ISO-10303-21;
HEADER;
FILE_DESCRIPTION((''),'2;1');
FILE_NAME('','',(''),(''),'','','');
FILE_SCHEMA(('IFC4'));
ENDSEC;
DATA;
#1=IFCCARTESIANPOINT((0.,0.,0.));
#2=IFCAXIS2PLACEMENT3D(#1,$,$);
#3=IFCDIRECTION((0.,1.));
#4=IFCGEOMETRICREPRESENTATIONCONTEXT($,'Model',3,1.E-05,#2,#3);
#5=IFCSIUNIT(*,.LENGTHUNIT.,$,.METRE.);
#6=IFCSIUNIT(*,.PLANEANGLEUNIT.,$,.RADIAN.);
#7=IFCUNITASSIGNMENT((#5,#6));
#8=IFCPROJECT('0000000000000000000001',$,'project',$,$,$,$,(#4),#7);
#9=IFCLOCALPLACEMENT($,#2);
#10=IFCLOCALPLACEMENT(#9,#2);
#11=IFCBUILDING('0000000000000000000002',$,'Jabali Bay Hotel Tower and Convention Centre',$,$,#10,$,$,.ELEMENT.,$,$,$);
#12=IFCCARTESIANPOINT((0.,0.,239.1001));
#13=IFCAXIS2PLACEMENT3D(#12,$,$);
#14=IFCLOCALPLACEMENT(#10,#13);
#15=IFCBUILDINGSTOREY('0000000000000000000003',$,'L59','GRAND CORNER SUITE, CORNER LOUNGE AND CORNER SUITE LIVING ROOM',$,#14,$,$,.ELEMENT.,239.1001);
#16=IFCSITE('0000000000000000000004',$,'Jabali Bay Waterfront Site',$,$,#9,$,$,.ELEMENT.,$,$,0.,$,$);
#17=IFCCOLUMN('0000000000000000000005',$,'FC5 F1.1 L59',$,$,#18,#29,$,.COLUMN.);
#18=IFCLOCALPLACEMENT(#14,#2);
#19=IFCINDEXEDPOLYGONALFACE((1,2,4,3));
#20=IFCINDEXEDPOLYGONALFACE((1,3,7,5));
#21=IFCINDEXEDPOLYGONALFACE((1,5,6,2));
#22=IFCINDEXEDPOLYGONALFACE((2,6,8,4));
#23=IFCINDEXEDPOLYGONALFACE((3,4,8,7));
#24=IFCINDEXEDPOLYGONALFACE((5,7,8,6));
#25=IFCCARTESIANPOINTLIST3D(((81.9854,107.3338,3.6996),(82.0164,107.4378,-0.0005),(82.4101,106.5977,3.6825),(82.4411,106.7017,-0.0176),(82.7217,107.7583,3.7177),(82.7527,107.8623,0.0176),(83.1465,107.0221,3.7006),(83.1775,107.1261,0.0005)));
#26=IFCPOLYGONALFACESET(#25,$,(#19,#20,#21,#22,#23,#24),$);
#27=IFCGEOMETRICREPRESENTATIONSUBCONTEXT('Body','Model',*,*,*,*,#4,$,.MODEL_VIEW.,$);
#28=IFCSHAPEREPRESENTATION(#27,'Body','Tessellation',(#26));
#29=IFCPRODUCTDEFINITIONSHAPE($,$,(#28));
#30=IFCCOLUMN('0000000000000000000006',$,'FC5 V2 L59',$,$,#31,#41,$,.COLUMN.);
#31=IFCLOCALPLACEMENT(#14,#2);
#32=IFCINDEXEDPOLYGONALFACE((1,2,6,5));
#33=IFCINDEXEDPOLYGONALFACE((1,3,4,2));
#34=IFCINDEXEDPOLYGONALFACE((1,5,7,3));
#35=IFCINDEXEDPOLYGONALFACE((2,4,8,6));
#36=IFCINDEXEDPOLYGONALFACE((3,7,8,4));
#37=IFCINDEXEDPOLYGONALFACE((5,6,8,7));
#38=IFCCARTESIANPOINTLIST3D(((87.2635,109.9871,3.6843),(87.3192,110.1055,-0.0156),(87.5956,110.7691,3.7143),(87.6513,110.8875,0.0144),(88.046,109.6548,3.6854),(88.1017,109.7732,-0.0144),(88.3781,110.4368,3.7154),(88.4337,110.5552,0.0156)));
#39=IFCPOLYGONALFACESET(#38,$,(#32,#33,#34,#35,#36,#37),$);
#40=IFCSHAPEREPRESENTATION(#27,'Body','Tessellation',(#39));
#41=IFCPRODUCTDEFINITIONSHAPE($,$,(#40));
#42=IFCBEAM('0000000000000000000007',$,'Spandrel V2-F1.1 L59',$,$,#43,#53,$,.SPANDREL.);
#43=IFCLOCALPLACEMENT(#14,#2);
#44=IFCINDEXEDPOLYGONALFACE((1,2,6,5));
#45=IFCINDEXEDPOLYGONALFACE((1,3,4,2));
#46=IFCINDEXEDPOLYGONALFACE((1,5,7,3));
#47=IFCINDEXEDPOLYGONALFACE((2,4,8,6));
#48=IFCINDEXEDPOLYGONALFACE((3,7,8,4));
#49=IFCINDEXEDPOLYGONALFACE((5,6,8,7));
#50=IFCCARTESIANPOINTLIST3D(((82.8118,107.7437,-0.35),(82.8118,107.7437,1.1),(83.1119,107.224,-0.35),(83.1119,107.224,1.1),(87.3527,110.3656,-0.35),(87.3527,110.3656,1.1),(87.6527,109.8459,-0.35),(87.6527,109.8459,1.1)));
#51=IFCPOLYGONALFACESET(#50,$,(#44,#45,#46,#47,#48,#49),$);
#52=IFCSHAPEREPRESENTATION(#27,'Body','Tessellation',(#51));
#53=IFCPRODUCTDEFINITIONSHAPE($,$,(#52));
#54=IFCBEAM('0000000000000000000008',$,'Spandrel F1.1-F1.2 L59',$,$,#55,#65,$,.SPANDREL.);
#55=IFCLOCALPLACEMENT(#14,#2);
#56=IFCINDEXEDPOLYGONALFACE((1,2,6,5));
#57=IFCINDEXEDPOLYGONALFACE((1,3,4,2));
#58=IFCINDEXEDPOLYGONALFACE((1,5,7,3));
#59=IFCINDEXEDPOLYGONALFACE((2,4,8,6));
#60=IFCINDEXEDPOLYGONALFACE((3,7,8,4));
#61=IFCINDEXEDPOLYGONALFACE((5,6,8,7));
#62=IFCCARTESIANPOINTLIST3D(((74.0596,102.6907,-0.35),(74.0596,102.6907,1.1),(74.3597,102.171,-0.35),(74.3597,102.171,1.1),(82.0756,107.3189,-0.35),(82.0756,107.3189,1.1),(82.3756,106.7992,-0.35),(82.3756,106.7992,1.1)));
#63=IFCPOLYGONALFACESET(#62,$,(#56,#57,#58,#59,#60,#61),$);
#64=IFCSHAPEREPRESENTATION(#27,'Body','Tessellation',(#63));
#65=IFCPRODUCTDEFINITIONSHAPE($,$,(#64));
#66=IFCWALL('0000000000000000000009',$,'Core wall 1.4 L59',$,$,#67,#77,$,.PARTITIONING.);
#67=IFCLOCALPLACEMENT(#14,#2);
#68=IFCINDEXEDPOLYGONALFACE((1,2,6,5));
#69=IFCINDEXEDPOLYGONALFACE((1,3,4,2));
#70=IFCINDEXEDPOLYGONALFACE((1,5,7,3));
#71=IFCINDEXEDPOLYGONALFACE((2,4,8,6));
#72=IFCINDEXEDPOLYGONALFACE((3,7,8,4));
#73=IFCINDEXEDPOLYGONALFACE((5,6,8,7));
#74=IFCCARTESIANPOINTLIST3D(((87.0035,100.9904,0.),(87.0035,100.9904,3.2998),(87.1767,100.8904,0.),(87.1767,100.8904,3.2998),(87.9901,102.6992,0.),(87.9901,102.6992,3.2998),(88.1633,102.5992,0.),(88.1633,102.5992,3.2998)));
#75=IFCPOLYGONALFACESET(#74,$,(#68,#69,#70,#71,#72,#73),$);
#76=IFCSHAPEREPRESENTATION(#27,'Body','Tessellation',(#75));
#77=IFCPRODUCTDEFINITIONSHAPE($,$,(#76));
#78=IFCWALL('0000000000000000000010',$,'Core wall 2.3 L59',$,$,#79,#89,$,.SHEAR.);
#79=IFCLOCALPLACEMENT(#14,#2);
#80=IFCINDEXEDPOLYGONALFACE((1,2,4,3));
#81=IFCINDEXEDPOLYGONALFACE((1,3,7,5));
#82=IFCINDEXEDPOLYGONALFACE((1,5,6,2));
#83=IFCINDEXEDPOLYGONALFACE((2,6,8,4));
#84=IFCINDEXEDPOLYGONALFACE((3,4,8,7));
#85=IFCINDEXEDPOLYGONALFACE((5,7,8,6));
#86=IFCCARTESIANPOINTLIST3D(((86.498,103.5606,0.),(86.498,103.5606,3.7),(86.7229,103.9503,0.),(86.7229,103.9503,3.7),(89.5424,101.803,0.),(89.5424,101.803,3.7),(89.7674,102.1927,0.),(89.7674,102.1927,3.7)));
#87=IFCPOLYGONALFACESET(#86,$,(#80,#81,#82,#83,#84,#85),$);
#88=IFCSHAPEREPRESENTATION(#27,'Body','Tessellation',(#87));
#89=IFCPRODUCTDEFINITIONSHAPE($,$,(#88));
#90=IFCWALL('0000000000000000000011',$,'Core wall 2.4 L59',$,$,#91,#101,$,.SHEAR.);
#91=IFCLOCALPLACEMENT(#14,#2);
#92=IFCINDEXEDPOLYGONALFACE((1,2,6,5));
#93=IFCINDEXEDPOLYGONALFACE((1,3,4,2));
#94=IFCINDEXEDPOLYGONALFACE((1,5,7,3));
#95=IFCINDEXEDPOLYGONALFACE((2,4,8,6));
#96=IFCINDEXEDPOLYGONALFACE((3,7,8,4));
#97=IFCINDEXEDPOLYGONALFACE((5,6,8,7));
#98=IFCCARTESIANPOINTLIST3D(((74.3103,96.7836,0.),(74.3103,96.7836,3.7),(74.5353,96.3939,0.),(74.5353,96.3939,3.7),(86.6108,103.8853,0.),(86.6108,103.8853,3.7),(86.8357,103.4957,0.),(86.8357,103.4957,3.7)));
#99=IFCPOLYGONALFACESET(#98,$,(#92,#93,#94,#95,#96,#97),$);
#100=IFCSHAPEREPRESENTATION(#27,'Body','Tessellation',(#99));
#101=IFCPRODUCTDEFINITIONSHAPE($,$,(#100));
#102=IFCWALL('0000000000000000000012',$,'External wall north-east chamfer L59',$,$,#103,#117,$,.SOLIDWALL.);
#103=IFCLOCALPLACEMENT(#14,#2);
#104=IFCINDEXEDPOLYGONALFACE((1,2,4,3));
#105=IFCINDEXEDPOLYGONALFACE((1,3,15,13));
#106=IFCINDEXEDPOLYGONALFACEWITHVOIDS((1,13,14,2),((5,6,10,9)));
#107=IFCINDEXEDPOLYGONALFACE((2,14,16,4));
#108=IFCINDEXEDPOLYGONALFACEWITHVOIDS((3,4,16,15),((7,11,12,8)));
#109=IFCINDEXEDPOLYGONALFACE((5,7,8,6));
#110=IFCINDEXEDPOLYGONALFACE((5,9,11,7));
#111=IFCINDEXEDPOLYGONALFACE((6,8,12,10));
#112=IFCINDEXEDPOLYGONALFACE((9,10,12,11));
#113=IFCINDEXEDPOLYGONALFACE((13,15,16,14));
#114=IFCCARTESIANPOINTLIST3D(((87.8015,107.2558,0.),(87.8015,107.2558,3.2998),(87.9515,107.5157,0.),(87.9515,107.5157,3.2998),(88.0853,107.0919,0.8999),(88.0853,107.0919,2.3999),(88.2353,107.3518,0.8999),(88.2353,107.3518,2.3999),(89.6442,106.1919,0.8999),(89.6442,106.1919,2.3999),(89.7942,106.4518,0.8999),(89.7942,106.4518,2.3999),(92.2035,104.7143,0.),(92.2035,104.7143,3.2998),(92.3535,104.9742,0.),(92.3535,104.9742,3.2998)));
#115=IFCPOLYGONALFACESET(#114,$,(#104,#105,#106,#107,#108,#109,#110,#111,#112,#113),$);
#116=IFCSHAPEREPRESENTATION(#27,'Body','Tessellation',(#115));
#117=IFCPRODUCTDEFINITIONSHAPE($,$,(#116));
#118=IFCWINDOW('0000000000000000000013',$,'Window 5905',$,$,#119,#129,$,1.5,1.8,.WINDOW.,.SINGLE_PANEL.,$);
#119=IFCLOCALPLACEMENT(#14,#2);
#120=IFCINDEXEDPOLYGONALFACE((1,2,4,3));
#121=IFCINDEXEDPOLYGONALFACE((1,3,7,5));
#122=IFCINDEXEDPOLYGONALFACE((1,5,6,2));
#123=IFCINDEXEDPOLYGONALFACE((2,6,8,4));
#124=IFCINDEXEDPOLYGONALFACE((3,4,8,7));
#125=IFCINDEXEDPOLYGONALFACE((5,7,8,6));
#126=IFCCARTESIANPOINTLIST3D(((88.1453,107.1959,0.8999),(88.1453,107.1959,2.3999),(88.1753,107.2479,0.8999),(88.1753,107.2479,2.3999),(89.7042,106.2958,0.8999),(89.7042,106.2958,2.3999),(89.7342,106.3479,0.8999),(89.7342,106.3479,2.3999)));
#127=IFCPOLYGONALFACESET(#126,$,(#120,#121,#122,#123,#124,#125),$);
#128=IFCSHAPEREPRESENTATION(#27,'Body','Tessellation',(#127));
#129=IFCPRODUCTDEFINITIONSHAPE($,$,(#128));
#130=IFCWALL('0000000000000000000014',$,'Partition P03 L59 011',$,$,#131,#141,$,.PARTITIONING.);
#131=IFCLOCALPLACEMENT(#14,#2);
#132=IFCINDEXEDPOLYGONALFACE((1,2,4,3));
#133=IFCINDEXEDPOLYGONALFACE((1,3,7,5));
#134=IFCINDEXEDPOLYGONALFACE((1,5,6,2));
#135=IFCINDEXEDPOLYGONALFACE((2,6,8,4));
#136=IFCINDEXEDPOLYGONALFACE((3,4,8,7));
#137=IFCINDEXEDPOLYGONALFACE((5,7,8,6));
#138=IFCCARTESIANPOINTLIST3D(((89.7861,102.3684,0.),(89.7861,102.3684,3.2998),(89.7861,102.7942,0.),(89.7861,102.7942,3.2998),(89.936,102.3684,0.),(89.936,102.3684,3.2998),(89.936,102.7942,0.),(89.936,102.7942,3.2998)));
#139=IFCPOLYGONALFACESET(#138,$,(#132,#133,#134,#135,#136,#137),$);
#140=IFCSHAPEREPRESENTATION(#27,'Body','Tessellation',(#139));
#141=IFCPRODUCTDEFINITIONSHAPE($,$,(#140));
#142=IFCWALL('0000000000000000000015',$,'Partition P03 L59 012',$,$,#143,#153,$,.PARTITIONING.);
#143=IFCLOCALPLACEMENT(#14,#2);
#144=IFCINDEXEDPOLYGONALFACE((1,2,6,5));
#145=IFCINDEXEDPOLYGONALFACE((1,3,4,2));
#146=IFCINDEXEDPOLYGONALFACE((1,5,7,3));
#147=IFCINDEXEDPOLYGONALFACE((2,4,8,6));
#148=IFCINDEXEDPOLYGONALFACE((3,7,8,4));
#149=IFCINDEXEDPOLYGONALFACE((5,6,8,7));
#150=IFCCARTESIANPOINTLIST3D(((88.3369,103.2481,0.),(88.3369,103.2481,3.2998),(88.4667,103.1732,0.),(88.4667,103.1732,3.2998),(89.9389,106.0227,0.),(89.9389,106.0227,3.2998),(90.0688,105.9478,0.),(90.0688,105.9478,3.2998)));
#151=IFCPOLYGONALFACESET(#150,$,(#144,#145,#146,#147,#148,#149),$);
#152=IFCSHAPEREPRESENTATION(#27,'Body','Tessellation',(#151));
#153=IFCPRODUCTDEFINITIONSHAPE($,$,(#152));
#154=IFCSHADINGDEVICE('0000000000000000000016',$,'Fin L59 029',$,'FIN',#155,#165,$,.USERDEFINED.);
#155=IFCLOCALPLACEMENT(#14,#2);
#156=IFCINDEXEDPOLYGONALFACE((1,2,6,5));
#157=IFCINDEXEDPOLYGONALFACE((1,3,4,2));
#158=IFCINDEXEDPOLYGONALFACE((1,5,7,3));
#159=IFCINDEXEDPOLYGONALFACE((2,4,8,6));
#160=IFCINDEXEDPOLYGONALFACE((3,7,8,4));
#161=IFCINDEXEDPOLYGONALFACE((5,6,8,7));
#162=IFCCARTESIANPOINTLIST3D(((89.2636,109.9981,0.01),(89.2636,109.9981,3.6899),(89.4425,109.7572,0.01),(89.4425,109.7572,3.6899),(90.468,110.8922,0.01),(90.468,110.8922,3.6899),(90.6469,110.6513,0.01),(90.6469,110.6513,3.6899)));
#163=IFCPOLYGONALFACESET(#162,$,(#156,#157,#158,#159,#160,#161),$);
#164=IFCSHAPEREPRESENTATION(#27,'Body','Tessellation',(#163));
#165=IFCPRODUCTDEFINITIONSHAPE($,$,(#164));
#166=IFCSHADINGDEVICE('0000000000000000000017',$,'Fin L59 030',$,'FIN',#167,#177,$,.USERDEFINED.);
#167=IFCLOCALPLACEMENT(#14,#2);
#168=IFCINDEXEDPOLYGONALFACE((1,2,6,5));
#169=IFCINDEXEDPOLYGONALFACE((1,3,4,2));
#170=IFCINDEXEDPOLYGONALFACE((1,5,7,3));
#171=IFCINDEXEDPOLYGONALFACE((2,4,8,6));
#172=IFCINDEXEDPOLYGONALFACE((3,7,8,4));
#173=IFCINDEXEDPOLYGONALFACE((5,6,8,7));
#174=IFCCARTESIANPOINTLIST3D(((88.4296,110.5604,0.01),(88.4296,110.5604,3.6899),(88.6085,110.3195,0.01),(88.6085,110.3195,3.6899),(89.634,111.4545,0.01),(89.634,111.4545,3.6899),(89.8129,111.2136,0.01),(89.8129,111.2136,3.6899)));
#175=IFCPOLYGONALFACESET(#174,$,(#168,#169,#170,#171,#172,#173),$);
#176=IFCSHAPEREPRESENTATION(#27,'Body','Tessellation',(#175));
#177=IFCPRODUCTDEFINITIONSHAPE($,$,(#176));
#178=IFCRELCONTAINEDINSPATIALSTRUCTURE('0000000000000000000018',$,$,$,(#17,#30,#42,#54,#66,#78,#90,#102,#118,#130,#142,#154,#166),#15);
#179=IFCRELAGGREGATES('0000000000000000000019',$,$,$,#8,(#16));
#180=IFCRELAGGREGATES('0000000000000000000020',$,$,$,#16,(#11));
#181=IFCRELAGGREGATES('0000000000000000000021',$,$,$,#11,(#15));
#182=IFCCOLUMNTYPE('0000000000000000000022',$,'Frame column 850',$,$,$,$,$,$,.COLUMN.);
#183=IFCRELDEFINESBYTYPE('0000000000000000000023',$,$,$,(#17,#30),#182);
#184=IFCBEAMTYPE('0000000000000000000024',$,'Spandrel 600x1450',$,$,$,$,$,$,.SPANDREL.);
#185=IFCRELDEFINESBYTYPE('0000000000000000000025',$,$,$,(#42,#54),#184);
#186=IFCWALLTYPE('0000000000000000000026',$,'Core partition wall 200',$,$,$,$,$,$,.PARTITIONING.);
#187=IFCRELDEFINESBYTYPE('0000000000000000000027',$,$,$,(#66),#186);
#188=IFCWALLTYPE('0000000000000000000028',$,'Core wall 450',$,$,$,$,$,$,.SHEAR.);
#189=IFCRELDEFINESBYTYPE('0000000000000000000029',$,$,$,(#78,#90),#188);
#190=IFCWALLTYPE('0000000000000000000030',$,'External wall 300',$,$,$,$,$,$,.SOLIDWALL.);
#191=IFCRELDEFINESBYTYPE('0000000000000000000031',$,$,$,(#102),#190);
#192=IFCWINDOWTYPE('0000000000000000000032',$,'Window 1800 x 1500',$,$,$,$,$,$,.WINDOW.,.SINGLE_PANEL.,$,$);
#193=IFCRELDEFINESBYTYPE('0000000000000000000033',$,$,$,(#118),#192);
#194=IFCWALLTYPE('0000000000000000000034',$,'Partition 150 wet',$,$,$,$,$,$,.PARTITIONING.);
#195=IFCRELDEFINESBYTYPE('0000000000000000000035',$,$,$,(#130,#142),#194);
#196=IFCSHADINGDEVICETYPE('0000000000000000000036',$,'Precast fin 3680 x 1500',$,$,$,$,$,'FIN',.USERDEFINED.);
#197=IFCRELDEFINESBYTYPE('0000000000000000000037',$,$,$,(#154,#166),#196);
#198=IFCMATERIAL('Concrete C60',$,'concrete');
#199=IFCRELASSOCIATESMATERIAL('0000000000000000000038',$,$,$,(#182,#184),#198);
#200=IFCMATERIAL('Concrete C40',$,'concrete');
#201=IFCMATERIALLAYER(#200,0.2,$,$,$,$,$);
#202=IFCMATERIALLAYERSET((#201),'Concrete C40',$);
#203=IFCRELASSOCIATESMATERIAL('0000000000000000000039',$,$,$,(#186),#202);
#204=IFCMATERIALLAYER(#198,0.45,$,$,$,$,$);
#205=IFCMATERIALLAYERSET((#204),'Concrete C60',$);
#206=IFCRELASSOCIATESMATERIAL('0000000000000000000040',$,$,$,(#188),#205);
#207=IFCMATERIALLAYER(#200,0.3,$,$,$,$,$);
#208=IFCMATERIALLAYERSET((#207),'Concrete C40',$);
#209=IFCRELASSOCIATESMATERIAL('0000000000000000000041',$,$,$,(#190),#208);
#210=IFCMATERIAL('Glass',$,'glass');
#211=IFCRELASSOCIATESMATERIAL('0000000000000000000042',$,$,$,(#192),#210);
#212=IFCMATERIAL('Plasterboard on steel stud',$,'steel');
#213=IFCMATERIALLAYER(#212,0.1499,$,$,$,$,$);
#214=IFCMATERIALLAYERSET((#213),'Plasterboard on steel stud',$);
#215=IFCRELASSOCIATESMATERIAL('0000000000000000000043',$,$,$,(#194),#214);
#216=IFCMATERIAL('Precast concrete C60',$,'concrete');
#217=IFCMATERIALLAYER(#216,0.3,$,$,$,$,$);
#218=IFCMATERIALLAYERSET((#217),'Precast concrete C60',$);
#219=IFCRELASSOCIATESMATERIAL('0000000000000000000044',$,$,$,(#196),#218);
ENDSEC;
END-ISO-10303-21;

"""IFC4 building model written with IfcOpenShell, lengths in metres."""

from ifc_helpers import new_model, si_unit, direction, frame, frame_2d, origin, origin_2d, place, context, subcontext, project, spatial, rectangle, extrude, material, layer, layer_set, material_profile, profile_set, type_object, element, fill, save


model = new_model("IFC4")

# Units and contexts
model_context = context("Model", 3, precision=1e-05, world=origin(), true_north=direction((0.0, 1.0)))
body_context = subcontext(model_context, "Body", "Model", "MODEL_VIEW")
ifc_project = project(units=[si_unit("LENGTHUNIT", "METRE"), si_unit("PLANEANGLEUNIT", "RADIAN")], contexts=[model_context])

# Site, building, storey
site_placement = place(None, origin())
site = spatial("IfcSite", under=ifc_project, at=site_placement, Name="Jabali Bay Waterfront Site", CompositionType="ELEMENT", RefElevation=0.0)
building_placement = place(site_placement, origin())
building = spatial("IfcBuilding", under=site, at=building_placement, Name="Jabali Bay Hotel Tower and Convention Centre", CompositionType="ELEMENT")
storey_placement = place(building_placement, frame((0.0, 0.0, 239.1001)))
storey = spatial("IfcBuildingStorey", under=building, at=storey_placement, Name="L59", Description="GRAND CORNER SUITE, CORNER LOUNGE AND CORNER SUITE LIVING ROOM", CompositionType="ELEMENT", Elevation=239.1001)

# Columns
ifc_material_1 = material(Name="Concrete C60", Category="concrete")
ifc_material_profile_1 = material_profile(ifc_material_1, rectangle(XDim=0.8501, YDim=0.8501, at=origin_2d()), Name="Frame column 850")
ifc_profile_set_1 = profile_set([ifc_material_profile_1], Name="Concrete C60")
column_type = type_object("IfcColumnType", Name="Frame column 850", PredefinedType="COLUMN", material=ifc_profile_set_1)
column_1_placement = place(storey_placement, frame((82.5969, 107.282, 0.0), z_axis=(-0.008376, -0.028097, 0.99957), x_axis=(0.866174, 0.499288, 0.021293)))
element("IfcColumn", 1, at=column_1_placement, inside=storey, type_object=column_type, Name="FC5 F1.1 L59", PredefinedType="COLUMN", context=body_context, shape_type="SweptSolid", body=[
    extrude(rectangle(XDim=0.8501, YDim=0.8501, at=origin_2d()), origin(), (0.0, 0.0, 1.0), 3.7017),
])
column_2_placement = place(storey_placement, frame((87.8765, 110.3303, 0.0), z_axis=(-0.015035, -0.031983, 0.999375), x_axis=(0.920442, -0.390878, 0.001339)))
element("IfcColumn", 2, at=column_2_placement, inside=storey, type_object=column_type, Name="FC5 V2 L59", PredefinedType="COLUMN", context=body_context, shape_type="SweptSolid", body=[
    extrude(rectangle(XDim=0.8501, YDim=0.8501, at=origin_2d()), origin(), (0.0, 0.0, 1.0), 3.7021),
])

# Beams
ifc_material_profile_2 = material_profile(ifc_material_1, rectangle(XDim=0.6001, YDim=1.45, at=origin_2d()), Name="Spandrel 600x1450")
ifc_profile_set_2 = profile_set([ifc_material_profile_2], Name="Concrete C60")
beam_type = type_object("IfcBeamType", Name="Spandrel 600x1450", PredefinedType="SPANDREL", material=ifc_profile_set_2)
beam_1_placement = place(storey_placement, frame((87.5027, 110.1057, 0.375), z_axis=(-0.866008, -0.50003, 0.0), x_axis=(0.50003, -0.866008, 0.0)))
element("IfcBeam", 3, at=beam_1_placement, inside=storey, type_object=beam_type, Name="Spandrel V2-F1.1 L59", PredefinedType="SPANDREL", context=body_context, shape_type="SweptSolid", body=[
    extrude(rectangle(XDim=0.6001, YDim=1.45, at=origin_2d()), origin(), (0.0, 0.0, 1.0), 5.2434),
])
beam_2_placement = place(storey_placement, frame((82.2256, 107.0591, 0.375), z_axis=(-0.866016, -0.500017, 0.0), x_axis=(0.500017, -0.866016, 0.0)))
element("IfcBeam", 4, at=beam_2_placement, inside=storey, type_object=beam_type, Name="Spandrel F1.1-F1.2 L59", PredefinedType="SPANDREL", context=body_context, shape_type="SweptSolid", body=[
    extrude(rectangle(XDim=0.6001, YDim=1.45, at=origin_2d()), origin(), (0.0, 0.0, 1.0), 9.2561),
])

# Walls
ifc_material_2 = material(Name="Concrete C40", Category="concrete")
ifc_layer_1 = layer(ifc_material_2, 0.2)
ifc_layer_set_1 = layer_set([ifc_layer_1], Name="Concrete C40")
wall_type_1 = type_object("IfcWallType", Name="Core partition wall 200", PredefinedType="PARTITIONING", material=ifc_layer_set_1)
wall_1_placement = place(storey_placement, frame((87.0901, 100.9404, 0.0), z_axis=(0.0, 0.0, 1.0), x_axis=(0.500012, 0.866019, 0.0)))
element("IfcWall", 5, at=wall_1_placement, inside=storey, type_object=wall_type_1, Name="Core wall 1.4 L59", PredefinedType="PARTITIONING", context=body_context, shape_type="SweptSolid", body=[
    extrude(rectangle(XDim=1.9731, YDim=0.2, at=frame_2d((0.9866, 0.0))), origin(), (0.0, 0.0, 1.0), 3.2998),
])
ifc_layer_2 = layer(ifc_material_1, 0.45)
ifc_layer_set_2 = layer_set([ifc_layer_2], Name="Concrete C60")
wall_type_2 = type_object("IfcWallType", Name="Core wall 450", PredefinedType="SHEAR", material=ifc_layer_set_2)
wall_2_placement = place(storey_placement, frame((89.655, 101.9978, 0.0), z_axis=(0.0, 0.0, 1.0), x_axis=(-0.866042, 0.499971, 0.0)))
element("IfcWall", 6, at=wall_2_placement, inside=storey, type_object=wall_type_2, Name="Core wall 2.3 L59", PredefinedType="SHEAR", context=body_context, shape_type="SweptSolid", body=[
    extrude(rectangle(XDim=3.5154, YDim=0.45, at=frame_2d((1.7578, 0.0))), origin(), (0.0, 0.0, 1.0), 3.7),
])
wall_3_placement = place(storey_placement, frame((86.7231, 103.6904, 0.0), z_axis=(0.0, 0.0, 1.0), x_axis=(-0.866023, -0.500005, 0.0)))
element("IfcWall", 7, at=wall_3_placement, inside=storey, type_object=wall_type_2, Name="Core wall 2.4 L59", PredefinedType="SHEAR", context=body_context, shape_type="SweptSolid", body=[
    extrude(rectangle(XDim=14.2034, YDim=0.45, at=frame_2d((7.1016, 0.0))), origin(), (0.0, 0.0, 1.0), 3.7),
])

# Wall, opening, window
ifc_layer_3 = layer(ifc_material_2, 0.3)
ifc_layer_set_3 = layer_set([ifc_layer_3], Name="Concrete C40")
wall_type_3 = type_object("IfcWallType", Name="External wall 300", PredefinedType="SOLIDWALL", material=ifc_layer_set_3)
wall_4_placement = place(storey_placement, frame((87.8765, 107.3857, 0.0), z_axis=(0.0, 0.0, 1.0), x_axis=(0.86603, -0.499993, 0.0)))
wall_4 = element("IfcWall", 8, at=wall_4_placement, inside=storey, type_object=wall_type_3, Name="External wall north-east chamfer L59", PredefinedType="SOLIDWALL", context=body_context, shape_type="SweptSolid", body=[
    extrude(rectangle(XDim=5.083, YDim=0.3, at=frame_2d((2.5415, 0.0))), origin(), (0.0, 0.0, 1.0), 3.2998),
])
opening_placement = place(wall_4_placement, frame((0.3279, 0.0, 0.8999)))
opening = element("IfcOpeningElement", 9, at=opening_placement, cuts=wall_4, PredefinedType="OPENING", context=body_context, shape_type="SweptSolid", body=[
    extrude(rectangle(XDim=1.8, YDim=1.5, at=frame_2d((0.8999, 0.75))), frame((0.0, 0.1606, 0.0), z_axis=(0.0, -1.0, 0.0), x_axis=(1.0, 0.0, 0.0)), (0.0, 0.0, 1.0), 0.321),
])
ifc_material_3 = material(Name="Glass", Category="glass")
window_type = type_object("IfcWindowType", Name="Window 1800 x 1500", PartitioningType="SINGLE_PANEL", PredefinedType="WINDOW", material=ifc_material_3)
window_placement = place(opening_placement, origin())
window = element("IfcWindow", 10, at=window_placement, inside=storey, type_object=window_type, Name="Window 5905", OverallHeight=1.5, OverallWidth=1.8, PartitioningType="SINGLE_PANEL", PredefinedType="WINDOW", context=body_context, shape_type="SweptSolid", body=[
    extrude(rectangle(XDim=1.8, YDim=1.5, at=frame_2d((0.8999, 0.75))), frame((0.0, 0.03, 0.0), z_axis=(0.0, -1.0, 0.0), x_axis=(1.0, 0.0, 0.0)), (0.0, 0.0, 1.0), 0.0601),
])
fill(opening, window)

# Walls
ifc_material_4 = material(Name="Plasterboard on steel stud", Category="steel")
ifc_layer_4 = layer(ifc_material_4, 0.1499)
ifc_layer_set_4 = layer_set([ifc_layer_4], Name="Plasterboard on steel stud")
wall_type_4 = type_object("IfcWallType", Name="Partition 150 wet", PredefinedType="PARTITIONING", material=ifc_layer_set_4)
wall_5_placement = place(storey_placement, frame((89.8611, 102.7942, 0.0), z_axis=(0.0, 0.0, 1.0), x_axis=(0.0, -1.0, 0.0)))
element("IfcWall", 11, at=wall_5_placement, inside=storey, type_object=wall_type_4, Name="Partition P03 L59 011", PredefinedType="PARTITIONING", context=body_context, shape_type="SweptSolid", body=[
    extrude(rectangle(XDim=0.4258, YDim=0.1499, at=frame_2d((0.2129, 0.0))), origin(), (0.0, 0.0, 1.0), 3.2998),
])
wall_6_placement = place(storey_placement, frame((90.0039, 105.9854, 0.0), z_axis=(0.0, 0.0, 1.0), x_axis=(-0.500024, -0.866012, 0.0)))
element("IfcWall", 12, at=wall_6_placement, inside=storey, type_object=wall_type_4, Name="Partition P03 L59 012", PredefinedType="PARTITIONING", context=body_context, shape_type="SweptSolid", body=[
    extrude(rectangle(XDim=3.2039, YDim=0.1499, at=frame_2d((1.6021, 0.0))), origin(), (0.0, 0.0, 1.0), 3.2998),
])

# Shading devices
ifc_material_5 = material(Name="Precast concrete C60", Category="concrete")
ifc_layer_5 = layer(ifc_material_5, 0.3)
ifc_layer_set_5 = layer_set([ifc_layer_5], Name="Precast concrete C60")
shading_device_type = type_object("IfcShadingDeviceType", Name="Precast fin 3680 x 1500", ElementType="FIN", PredefinedType="USERDEFINED", material=ifc_layer_set_5)
for number, where, z_axis, x_axis, name in (
    (13, (89.353, 109.8777, 0.01), (0.0, 0.0, 1.0), (0.80294, 0.59606, 0.0), "Fin L59 029"),
    (14, (88.519, 110.4399, 0.01), (0.0, 0.0, 1.0), (0.80294, 0.59606, 0.0), "Fin L59 030"),
):
    element("IfcShadingDevice", number, at=place(storey_placement, frame(where, z_axis=z_axis, x_axis=x_axis)), inside=storey, type_object=shading_device_type, Name=name, ObjectType="FIN", PredefinedType="USERDEFINED", context=body_context, shape_type="SweptSolid", body=[
        extrude(rectangle(XDim=1.5, YDim=0.3, at=frame_2d((0.75, 0.0))), origin(), (0.0, 0.0, 1.0), 3.6799),
    ])

save(model, "model.ifc")
